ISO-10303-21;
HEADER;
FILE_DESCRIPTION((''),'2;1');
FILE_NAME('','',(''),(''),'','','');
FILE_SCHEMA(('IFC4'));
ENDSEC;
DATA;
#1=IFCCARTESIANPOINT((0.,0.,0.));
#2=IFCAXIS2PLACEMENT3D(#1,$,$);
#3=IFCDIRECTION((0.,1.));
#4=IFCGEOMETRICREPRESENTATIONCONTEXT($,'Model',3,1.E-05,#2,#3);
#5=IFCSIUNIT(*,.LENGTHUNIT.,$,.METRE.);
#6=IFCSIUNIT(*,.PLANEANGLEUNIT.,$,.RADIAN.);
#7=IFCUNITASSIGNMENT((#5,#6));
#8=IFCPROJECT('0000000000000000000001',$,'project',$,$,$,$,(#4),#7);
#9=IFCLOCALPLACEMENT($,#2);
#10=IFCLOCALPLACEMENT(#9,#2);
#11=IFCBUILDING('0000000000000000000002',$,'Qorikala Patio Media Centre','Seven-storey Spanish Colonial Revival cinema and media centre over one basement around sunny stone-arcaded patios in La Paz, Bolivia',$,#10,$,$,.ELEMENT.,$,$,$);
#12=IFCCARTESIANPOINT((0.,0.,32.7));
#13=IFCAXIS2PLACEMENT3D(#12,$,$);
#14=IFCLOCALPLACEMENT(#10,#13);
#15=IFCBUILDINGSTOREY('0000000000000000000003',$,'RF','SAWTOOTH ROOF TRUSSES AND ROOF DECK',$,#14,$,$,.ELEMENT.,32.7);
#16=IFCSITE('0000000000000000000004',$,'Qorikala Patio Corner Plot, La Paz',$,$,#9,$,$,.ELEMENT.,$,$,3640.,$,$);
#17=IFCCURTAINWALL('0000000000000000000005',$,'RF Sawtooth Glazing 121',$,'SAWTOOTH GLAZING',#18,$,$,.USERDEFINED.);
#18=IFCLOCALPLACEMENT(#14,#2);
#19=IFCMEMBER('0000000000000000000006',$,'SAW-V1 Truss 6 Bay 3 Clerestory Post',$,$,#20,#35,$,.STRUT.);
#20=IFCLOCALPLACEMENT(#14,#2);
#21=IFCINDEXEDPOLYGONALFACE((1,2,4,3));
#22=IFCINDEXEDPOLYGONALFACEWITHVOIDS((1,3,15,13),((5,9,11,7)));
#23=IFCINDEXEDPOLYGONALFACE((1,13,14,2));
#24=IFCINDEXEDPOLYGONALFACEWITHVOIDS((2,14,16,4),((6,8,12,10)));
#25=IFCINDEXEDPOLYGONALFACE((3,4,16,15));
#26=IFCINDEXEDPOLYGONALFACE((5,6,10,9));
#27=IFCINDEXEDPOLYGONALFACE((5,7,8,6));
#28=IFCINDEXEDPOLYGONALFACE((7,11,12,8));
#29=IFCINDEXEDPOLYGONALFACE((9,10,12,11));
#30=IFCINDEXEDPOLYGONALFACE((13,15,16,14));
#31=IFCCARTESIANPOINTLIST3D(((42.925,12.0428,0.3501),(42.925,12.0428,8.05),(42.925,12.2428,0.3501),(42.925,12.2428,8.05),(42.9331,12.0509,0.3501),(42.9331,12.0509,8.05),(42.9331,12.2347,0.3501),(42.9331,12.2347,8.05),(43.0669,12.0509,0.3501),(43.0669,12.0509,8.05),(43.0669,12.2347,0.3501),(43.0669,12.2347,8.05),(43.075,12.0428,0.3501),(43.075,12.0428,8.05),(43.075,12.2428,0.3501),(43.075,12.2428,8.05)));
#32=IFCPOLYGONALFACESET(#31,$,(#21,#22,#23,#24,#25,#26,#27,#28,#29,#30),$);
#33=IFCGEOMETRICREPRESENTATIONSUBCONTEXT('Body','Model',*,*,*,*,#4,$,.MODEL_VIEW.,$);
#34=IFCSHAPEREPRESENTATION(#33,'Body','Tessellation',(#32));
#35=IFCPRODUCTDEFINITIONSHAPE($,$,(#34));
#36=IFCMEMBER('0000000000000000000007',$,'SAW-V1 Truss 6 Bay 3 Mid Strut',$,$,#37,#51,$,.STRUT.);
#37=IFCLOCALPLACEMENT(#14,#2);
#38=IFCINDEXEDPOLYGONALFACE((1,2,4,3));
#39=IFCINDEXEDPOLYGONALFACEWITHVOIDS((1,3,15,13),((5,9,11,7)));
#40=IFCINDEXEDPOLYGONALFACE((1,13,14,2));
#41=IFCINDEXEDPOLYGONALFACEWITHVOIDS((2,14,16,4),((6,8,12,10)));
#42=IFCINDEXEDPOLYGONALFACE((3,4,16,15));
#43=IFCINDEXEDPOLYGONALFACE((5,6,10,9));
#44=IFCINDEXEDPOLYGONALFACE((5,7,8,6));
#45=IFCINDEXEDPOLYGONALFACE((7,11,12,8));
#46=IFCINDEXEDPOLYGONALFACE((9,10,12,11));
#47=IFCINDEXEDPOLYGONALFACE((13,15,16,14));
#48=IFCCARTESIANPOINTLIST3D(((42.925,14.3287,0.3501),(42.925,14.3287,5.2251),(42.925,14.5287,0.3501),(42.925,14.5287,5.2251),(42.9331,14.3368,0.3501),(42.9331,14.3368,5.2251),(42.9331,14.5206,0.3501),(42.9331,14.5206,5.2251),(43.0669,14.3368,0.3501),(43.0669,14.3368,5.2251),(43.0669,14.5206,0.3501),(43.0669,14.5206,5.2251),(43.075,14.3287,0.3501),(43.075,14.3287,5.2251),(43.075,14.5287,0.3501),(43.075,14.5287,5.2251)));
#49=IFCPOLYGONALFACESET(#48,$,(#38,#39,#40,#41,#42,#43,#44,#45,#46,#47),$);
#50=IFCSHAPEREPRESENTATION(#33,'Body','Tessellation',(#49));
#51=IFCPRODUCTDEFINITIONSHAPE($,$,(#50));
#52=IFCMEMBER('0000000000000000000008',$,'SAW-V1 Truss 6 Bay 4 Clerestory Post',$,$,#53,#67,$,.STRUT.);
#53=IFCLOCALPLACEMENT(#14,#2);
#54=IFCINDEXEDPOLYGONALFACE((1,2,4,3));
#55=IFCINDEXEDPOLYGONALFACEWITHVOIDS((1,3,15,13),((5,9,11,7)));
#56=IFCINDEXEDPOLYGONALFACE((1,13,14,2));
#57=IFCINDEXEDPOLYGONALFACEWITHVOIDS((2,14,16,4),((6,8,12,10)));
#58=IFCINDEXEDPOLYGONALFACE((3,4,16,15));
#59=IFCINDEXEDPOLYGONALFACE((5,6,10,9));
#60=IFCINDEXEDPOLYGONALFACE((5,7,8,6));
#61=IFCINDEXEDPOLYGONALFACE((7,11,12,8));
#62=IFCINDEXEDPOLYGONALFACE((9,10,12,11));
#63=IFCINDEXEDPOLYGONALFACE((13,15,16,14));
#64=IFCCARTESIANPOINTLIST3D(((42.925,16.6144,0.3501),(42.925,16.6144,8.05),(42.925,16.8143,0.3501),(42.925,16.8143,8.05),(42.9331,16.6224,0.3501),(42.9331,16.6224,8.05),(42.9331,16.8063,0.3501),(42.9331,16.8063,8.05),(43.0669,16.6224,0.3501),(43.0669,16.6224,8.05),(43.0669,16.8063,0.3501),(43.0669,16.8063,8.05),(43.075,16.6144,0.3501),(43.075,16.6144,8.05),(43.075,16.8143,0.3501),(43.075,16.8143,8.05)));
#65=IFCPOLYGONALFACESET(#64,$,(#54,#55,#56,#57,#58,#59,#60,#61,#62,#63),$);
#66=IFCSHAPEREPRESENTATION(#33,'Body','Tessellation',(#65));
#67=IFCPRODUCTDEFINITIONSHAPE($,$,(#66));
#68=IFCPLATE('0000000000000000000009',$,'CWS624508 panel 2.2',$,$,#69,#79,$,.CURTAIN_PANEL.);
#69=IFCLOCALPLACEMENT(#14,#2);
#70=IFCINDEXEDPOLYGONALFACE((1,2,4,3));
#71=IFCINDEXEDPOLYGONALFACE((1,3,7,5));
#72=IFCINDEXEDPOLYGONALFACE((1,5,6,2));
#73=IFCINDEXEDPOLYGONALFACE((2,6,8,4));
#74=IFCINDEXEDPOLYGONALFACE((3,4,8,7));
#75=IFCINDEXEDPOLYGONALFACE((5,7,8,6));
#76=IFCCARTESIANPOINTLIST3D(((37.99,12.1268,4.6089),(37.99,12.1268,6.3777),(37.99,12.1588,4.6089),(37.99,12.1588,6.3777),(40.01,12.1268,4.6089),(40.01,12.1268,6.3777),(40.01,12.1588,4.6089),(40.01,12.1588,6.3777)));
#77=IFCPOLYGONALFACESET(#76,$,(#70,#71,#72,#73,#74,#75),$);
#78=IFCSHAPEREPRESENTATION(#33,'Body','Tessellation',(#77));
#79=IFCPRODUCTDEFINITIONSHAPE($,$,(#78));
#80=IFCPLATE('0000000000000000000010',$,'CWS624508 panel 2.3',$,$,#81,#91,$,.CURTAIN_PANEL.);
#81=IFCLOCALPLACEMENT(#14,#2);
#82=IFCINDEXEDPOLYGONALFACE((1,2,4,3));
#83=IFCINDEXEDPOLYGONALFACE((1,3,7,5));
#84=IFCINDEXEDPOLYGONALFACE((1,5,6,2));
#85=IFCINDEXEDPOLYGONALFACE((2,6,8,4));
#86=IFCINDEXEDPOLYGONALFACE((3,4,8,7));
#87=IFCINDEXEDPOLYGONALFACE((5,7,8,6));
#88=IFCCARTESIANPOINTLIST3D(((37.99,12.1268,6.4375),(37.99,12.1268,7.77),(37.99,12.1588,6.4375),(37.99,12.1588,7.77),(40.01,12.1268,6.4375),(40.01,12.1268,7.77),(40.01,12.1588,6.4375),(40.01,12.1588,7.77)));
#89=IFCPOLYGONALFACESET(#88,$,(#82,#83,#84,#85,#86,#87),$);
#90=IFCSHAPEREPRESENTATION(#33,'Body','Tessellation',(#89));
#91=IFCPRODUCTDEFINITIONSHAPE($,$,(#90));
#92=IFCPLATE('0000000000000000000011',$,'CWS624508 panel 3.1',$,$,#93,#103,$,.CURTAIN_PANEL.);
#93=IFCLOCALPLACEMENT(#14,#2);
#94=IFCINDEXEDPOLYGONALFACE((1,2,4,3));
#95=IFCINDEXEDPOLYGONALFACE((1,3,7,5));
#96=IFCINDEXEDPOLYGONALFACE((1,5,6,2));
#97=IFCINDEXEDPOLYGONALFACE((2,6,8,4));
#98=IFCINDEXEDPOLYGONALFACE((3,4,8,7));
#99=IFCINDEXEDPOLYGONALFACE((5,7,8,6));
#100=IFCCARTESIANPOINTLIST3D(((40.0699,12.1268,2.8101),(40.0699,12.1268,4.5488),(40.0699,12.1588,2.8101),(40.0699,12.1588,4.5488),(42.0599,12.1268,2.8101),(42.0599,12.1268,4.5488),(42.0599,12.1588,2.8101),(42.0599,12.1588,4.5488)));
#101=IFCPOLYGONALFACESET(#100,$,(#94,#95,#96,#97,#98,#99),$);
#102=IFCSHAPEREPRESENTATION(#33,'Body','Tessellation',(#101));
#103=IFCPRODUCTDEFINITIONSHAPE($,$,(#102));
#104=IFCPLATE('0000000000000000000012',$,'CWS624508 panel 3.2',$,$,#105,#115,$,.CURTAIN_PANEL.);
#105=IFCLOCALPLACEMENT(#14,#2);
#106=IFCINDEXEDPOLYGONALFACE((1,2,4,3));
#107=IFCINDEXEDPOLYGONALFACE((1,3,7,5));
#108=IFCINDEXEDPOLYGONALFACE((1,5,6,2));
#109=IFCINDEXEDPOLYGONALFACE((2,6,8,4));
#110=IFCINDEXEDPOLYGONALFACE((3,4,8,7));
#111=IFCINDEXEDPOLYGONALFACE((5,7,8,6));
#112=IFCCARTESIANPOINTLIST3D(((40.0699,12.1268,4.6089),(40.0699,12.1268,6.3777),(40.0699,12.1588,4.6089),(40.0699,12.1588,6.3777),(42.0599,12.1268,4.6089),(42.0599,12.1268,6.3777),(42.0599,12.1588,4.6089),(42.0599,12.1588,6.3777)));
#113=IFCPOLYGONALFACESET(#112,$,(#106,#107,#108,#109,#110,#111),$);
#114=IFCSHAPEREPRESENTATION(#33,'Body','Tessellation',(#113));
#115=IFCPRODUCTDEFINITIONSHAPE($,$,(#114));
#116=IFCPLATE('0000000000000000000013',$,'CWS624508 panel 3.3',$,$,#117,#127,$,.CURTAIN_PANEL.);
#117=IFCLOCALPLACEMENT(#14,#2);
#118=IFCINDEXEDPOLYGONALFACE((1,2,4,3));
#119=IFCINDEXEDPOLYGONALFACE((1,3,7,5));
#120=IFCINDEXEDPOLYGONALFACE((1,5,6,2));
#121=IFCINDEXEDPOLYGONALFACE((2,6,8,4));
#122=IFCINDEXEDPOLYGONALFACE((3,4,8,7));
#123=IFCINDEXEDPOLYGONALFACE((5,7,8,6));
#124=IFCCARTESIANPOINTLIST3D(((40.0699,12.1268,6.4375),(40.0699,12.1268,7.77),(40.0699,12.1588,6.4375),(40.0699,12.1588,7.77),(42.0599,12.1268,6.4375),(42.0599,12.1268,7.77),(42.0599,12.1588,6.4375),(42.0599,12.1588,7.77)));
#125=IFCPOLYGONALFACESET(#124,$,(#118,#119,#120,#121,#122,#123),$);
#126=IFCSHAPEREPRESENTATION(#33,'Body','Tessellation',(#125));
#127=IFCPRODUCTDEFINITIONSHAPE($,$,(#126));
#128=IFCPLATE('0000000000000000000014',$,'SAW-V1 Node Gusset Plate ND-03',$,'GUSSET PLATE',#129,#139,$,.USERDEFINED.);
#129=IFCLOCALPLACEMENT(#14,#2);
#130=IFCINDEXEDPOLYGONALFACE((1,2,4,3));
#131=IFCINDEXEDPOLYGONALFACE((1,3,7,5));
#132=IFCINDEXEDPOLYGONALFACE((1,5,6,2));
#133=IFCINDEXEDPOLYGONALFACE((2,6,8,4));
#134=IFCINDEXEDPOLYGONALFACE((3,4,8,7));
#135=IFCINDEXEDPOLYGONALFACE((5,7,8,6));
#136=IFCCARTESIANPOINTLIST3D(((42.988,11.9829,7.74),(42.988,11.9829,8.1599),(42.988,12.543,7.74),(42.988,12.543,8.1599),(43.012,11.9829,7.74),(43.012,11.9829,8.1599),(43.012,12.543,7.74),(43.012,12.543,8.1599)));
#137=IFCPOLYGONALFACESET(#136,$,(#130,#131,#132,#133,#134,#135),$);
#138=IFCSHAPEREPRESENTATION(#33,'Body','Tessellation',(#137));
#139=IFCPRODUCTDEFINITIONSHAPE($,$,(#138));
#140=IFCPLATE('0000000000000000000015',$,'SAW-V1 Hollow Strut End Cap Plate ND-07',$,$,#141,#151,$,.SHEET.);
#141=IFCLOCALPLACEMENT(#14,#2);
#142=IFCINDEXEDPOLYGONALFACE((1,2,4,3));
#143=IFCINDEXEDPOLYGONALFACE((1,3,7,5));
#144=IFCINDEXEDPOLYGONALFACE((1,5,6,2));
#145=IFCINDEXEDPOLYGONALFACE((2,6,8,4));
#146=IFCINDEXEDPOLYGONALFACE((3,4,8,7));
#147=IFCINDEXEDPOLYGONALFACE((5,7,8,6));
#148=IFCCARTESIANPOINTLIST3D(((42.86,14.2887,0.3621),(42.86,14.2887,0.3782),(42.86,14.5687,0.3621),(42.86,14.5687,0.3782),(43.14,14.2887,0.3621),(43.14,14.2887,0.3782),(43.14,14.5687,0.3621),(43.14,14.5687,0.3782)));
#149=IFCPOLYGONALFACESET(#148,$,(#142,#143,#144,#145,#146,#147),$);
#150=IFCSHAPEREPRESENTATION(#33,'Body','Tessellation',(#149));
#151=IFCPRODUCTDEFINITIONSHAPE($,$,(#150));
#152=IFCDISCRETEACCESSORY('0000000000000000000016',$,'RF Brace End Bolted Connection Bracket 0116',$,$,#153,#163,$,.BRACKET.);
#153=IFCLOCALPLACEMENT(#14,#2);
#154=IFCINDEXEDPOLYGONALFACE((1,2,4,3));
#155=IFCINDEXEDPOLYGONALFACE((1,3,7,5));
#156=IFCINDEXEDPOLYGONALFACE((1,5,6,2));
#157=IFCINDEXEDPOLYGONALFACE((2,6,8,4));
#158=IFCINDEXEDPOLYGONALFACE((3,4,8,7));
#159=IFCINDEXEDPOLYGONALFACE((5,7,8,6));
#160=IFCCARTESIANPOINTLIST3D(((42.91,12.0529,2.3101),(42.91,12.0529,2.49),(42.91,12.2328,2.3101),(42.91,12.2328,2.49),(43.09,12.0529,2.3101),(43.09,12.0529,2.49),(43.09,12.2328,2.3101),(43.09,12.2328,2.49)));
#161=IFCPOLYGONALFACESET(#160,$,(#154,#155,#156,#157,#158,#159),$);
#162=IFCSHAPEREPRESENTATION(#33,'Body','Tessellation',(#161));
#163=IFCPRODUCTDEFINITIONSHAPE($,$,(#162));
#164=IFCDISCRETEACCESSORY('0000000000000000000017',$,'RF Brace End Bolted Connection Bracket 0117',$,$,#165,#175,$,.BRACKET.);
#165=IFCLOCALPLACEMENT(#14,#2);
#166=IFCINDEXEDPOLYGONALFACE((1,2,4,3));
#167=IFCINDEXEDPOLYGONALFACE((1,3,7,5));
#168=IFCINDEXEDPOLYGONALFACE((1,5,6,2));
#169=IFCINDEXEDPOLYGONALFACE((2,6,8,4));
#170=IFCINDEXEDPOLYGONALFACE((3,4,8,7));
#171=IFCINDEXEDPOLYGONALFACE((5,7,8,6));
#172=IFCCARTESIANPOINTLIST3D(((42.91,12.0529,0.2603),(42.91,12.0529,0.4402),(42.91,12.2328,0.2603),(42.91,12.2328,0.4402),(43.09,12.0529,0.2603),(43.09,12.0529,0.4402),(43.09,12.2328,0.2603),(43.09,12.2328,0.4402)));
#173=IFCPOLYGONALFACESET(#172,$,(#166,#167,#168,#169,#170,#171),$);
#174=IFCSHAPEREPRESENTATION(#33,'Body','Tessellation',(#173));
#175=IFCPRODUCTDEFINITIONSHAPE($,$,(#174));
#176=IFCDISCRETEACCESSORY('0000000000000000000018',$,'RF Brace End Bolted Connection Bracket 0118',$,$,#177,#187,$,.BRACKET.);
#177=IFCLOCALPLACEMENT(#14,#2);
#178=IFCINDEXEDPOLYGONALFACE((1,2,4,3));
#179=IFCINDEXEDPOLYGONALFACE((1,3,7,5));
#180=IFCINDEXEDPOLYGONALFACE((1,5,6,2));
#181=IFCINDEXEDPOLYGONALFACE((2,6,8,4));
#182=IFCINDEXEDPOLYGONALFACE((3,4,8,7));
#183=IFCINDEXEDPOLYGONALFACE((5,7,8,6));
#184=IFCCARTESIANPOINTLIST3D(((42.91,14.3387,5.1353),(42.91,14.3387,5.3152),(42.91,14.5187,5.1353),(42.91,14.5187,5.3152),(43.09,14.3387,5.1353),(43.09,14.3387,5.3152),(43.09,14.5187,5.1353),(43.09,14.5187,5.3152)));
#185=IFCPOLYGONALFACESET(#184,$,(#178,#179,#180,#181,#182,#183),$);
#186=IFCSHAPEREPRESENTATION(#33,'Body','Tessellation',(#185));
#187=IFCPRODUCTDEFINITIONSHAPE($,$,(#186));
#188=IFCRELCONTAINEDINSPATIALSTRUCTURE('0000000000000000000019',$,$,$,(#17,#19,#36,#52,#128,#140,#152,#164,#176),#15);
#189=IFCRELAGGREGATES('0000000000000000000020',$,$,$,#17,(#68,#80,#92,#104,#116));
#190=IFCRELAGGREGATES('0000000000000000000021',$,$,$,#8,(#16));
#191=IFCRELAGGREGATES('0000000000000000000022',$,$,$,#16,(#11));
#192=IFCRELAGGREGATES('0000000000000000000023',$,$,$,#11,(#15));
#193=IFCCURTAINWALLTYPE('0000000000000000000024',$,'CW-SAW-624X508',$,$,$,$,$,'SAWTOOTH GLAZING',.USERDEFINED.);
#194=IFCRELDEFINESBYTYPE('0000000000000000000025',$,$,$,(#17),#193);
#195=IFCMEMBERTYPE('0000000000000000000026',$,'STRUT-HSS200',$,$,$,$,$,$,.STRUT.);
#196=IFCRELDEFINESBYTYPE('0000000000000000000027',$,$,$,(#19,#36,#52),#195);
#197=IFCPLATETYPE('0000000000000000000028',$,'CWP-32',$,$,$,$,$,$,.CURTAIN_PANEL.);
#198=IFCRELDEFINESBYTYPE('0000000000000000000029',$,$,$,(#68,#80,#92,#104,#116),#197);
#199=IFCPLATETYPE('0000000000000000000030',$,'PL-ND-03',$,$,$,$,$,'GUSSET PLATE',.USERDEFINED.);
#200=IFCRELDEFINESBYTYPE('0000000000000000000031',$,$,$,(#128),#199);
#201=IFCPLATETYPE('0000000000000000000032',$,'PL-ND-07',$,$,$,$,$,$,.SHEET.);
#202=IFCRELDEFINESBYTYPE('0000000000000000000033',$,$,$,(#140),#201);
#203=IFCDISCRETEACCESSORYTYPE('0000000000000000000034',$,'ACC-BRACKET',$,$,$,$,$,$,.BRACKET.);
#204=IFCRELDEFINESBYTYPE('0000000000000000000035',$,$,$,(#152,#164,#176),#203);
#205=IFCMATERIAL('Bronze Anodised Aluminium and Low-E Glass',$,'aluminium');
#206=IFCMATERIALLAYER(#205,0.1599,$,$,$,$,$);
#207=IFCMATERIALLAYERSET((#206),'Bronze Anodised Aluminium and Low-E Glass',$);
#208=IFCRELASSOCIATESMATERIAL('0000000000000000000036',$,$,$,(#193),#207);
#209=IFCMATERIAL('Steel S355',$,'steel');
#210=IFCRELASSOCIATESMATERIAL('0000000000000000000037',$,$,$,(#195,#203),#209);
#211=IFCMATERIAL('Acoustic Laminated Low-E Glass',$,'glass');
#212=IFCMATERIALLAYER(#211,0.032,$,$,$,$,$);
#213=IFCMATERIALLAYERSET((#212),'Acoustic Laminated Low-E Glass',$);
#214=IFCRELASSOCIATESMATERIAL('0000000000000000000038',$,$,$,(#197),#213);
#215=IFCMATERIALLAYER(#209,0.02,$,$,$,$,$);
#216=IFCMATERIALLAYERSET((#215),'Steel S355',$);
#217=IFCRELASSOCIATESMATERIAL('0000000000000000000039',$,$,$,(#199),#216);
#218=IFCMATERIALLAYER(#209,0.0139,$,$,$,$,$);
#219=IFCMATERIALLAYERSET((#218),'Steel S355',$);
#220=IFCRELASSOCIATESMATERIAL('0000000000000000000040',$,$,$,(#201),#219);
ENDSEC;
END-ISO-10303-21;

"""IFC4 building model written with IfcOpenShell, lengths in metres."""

from ifc_helpers import new_model, si_unit, direction, frame, origin, origin_2d, place, context, subcontext, project, spatial, rectangle, hollow_rectangle, extrude, material, layer, layer_set, material_profile, profile_set, type_object, element, aggregate, save


model = new_model("IFC4")

# Units and contexts
model_context = context("Model", 3, precision=1e-05, world=origin(), true_north=direction((0.0, 1.0)))
body_context = subcontext(model_context, "Body", "Model", "MODEL_VIEW")
ifc_project = project(units=[si_unit("LENGTHUNIT", "METRE"), si_unit("PLANEANGLEUNIT", "RADIAN")], contexts=[model_context])

# Site, building, storey
site_placement = place(None, origin())
site = spatial("IfcSite", under=ifc_project, at=site_placement, Name="Qorikala Patio Corner Plot, La Paz", CompositionType="ELEMENT", RefElevation=3640.0)
building_placement = place(site_placement, origin())
building = spatial("IfcBuilding", under=site, at=building_placement, Name="Qorikala Patio Media Centre", Description="Seven-storey Spanish Colonial Revival cinema and media centre over one basement around sunny stone-arcaded patios in La Paz, Bolivia", CompositionType="ELEMENT")
storey_placement = place(building_placement, frame((0.0, 0.0, 32.7)))
storey = spatial("IfcBuildingStorey", under=building, at=storey_placement, Name="RF", Description="SAWTOOTH ROOF TRUSSES AND ROOF DECK", CompositionType="ELEMENT", Elevation=32.7)

# Shared definitions
ifc_material_1 = material(Name="Steel S355", Category="steel")

# Curtain wall
ifc_material_2 = material(Name="Bronze Anodised Aluminium and Low-E Glass", Category="aluminium")
ifc_layer_1 = layer(ifc_material_2, 0.1599)
ifc_layer_set_1 = layer_set([ifc_layer_1], Name="Bronze Anodised Aluminium and Low-E Glass")
curtain_wall_type = type_object("IfcCurtainWallType", Name="CW-SAW-624X508", ElementType="SAWTOOTH GLAZING", PredefinedType="USERDEFINED", material=ifc_layer_set_1)
curtain_wall_placement = place(storey_placement, origin())
curtain_wall = element("IfcCurtainWall", 1, at=curtain_wall_placement, inside=storey, type_object=curtain_wall_type, Name="RF Sawtooth Glazing 121", ObjectType="SAWTOOTH GLAZING", PredefinedType="USERDEFINED")

# Members
ifc_material_profile_1 = material_profile(ifc_material_1, hollow_rectangle(XDim=0.1499, YDim=0.2, WallThickness=0.0081, at=origin_2d()), Name="HSS200X150X8")
ifc_profile_set_1 = profile_set([ifc_material_profile_1], Name="Steel S355")
member_type_1 = type_object("IfcMemberType", Name="STRUT-HSS200", PredefinedType="STRUT", material=ifc_profile_set_1)
member_1_placement = place(storey_placement, frame((43.0, 12.1428, 0.3501), z_axis=(0.0, 0.0, 1.0), x_axis=(1.0, 0.0, 0.0)))
element("IfcMember", 2, at=member_1_placement, inside=storey, type_object=member_type_1, Name="SAW-V1 Truss 6 Bay 3 Clerestory Post", PredefinedType="STRUT", context=body_context, shape_type="SweptSolid", body=[
    extrude(hollow_rectangle(XDim=0.1499, YDim=0.2, WallThickness=0.0081, at=origin_2d()), origin(), (0.0, 0.0, 1.0), 7.7),
])
member_2_placement = place(storey_placement, frame((43.0, 14.4287, 0.3501), z_axis=(0.0, 0.0, 1.0), x_axis=(1.0, 0.0, 0.0)))
element("IfcMember", 3, at=member_2_placement, inside=storey, type_object=member_type_1, Name="SAW-V1 Truss 6 Bay 3 Mid Strut", PredefinedType="STRUT", context=body_context, shape_type="SweptSolid", body=[
    extrude(hollow_rectangle(XDim=0.1499, YDim=0.2, WallThickness=0.0081, at=origin_2d()), origin(), (0.0, 0.0, 1.0), 4.875),
])
member_3_placement = place(storey_placement, frame((43.0, 16.7144, 0.3501), z_axis=(0.0, 0.0, 1.0), x_axis=(1.0, 0.0, 0.0)))
element("IfcMember", 4, at=member_3_placement, inside=storey, type_object=member_type_1, Name="SAW-V1 Truss 6 Bay 4 Clerestory Post", PredefinedType="STRUT", context=body_context, shape_type="SweptSolid", body=[
    extrude(hollow_rectangle(XDim=0.1499, YDim=0.2, WallThickness=0.0081, at=origin_2d()), origin(), (0.0, 0.0, 1.0), 7.7),
])

# Plates
ifc_material_3 = material(Name="Acoustic Laminated Low-E Glass", Category="glass")
ifc_layer_2 = layer(ifc_material_3, 0.032)
ifc_layer_set_2 = layer_set([ifc_layer_2], Name="Acoustic Laminated Low-E Glass")
plate_type_1 = type_object("IfcPlateType", Name="CWP-32", PredefinedType="CURTAIN_PANEL", material=ifc_layer_set_2)
plate_1_placement = place(storey_placement, frame((39.0, 12.1428, 4.6089), z_axis=(0.0, 0.0, 1.0), x_axis=(1.0, 0.0, 0.0)))
plate_1 = element("IfcPlate", 5, at=plate_1_placement, type_object=plate_type_1, Name="CWS624508 panel 2.2", PredefinedType="CURTAIN_PANEL", context=body_context, shape_type="SweptSolid", body=[
    extrude(rectangle(XDim=2.02, YDim=0.032, at=origin_2d()), origin(), (0.0, 0.0, 1.0), 1.7688),
])
plate_2_placement = place(storey_placement, frame((39.0, 12.1428, 6.4375), z_axis=(0.0, 0.0, 1.0), x_axis=(1.0, 0.0, 0.0)))
plate_2 = element("IfcPlate", 6, at=plate_2_placement, type_object=plate_type_1, Name="CWS624508 panel 2.3", PredefinedType="CURTAIN_PANEL", context=body_context, shape_type="SweptSolid", body=[
    extrude(rectangle(XDim=2.02, YDim=0.032, at=origin_2d()), origin(), (0.0, 0.0, 1.0), 1.3325),
])
plate_3_placement = place(storey_placement, frame((41.0649, 12.1428, 2.8101), z_axis=(0.0, 0.0, 1.0), x_axis=(1.0, 0.0, 0.0)))
plate_3 = element("IfcPlate", 7, at=plate_3_placement, type_object=plate_type_1, Name="CWS624508 panel 3.1", PredefinedType="CURTAIN_PANEL", context=body_context, shape_type="SweptSolid", body=[
    extrude(rectangle(XDim=1.99, YDim=0.032, at=origin_2d()), origin(), (0.0, 0.0, 1.0), 1.7388),
])
plate_4_placement = place(storey_placement, frame((41.0649, 12.1428, 4.6089), z_axis=(0.0, 0.0, 1.0), x_axis=(1.0, 0.0, 0.0)))
plate_4 = element("IfcPlate", 8, at=plate_4_placement, type_object=plate_type_1, Name="CWS624508 panel 3.2", PredefinedType="CURTAIN_PANEL", context=body_context, shape_type="SweptSolid", body=[
    extrude(rectangle(XDim=1.99, YDim=0.032, at=origin_2d()), origin(), (0.0, 0.0, 1.0), 1.7688),
])
plate_5_placement = place(storey_placement, frame((41.0649, 12.1428, 6.4375), z_axis=(0.0, 0.0, 1.0), x_axis=(1.0, 0.0, 0.0)))
plate_5 = element("IfcPlate", 9, at=plate_5_placement, type_object=plate_type_1, Name="CWS624508 panel 3.3", PredefinedType="CURTAIN_PANEL", context=body_context, shape_type="SweptSolid", body=[
    extrude(rectangle(XDim=1.99, YDim=0.032, at=origin_2d()), origin(), (0.0, 0.0, 1.0), 1.3325),
])
aggregate(curtain_wall, [plate_1, plate_2, plate_3, plate_4, plate_5])

# Plates
ifc_layer_3 = layer(ifc_material_1, 0.02)
ifc_layer_set_3 = layer_set([ifc_layer_3], Name="Steel S355")
plate_type_2 = type_object("IfcPlateType", Name="PL-ND-03", ElementType="GUSSET PLATE", PredefinedType="USERDEFINED", material=ifc_layer_set_3)
plate_6_placement = place(storey_placement, frame((43.0, 12.2629, 7.74), z_axis=(0.0, 0.0, 1.0), x_axis=(1.0, 0.0, 0.0)))
element("IfcPlate", 10, at=plate_6_placement, inside=storey, type_object=plate_type_2, Name="SAW-V1 Node Gusset Plate ND-03", ObjectType="GUSSET PLATE", PredefinedType="USERDEFINED", context=body_context, shape_type="SweptSolid", body=[
    extrude(rectangle(XDim=0.0239, YDim=0.5601, at=origin_2d()), origin(), (0.0, 0.0, 1.0), 0.4199),
])
ifc_layer_4 = layer(ifc_material_1, 0.0139)
ifc_layer_set_4 = layer_set([ifc_layer_4], Name="Steel S355")
plate_type_3 = type_object("IfcPlateType", Name="PL-ND-07", PredefinedType="SHEET", material=ifc_layer_set_4)
plate_7_placement = place(storey_placement, frame((43.0, 14.4287, 0.3621), z_axis=(0.0, 0.0, 1.0), x_axis=(1.0, 0.0, 0.0)))
element("IfcPlate", 11, at=plate_7_placement, inside=storey, type_object=plate_type_3, Name="SAW-V1 Hollow Strut End Cap Plate ND-07", PredefinedType="SHEET", context=body_context, shape_type="SweptSolid", body=[
    extrude(rectangle(XDim=0.28, YDim=0.28, at=origin_2d()), origin(), (0.0, 0.0, 1.0), 0.0161),
])

# Discrete accessories
discrete_accessory_type = type_object("IfcDiscreteAccessoryType", Name="ACC-BRACKET", PredefinedType="BRACKET", material=ifc_material_1)
for number, where, z_axis, x_axis, name in (
    (12, (43.0, 12.1428, 2.3101), (0.0, 0.0, 1.0), (1.0, 0.0, 0.0), "RF Brace End Bolted Connection Bracket 0116"),
    (13, (43.0, 12.1428, 0.2603), (0.0, 0.0, 1.0), (1.0, 0.0, 0.0), "RF Brace End Bolted Connection Bracket 0117"),
    (14, (43.0, 14.4287, 5.1353), (0.0, 0.0, 1.0), (1.0, 0.0, 0.0), "RF Brace End Bolted Connection Bracket 0118"),
):
    element("IfcDiscreteAccessory", number, at=place(storey_placement, frame(where, z_axis=z_axis, x_axis=x_axis)), inside=storey, type_object=discrete_accessory_type, Name=name, PredefinedType="BRACKET", context=body_context, shape_type="SweptSolid", body=[
        extrude(rectangle(XDim=0.1799, YDim=0.1799, at=origin_2d()), origin(), (0.0, 0.0, 1.0), 0.1799),
    ])

save(model, "model.ifc")
